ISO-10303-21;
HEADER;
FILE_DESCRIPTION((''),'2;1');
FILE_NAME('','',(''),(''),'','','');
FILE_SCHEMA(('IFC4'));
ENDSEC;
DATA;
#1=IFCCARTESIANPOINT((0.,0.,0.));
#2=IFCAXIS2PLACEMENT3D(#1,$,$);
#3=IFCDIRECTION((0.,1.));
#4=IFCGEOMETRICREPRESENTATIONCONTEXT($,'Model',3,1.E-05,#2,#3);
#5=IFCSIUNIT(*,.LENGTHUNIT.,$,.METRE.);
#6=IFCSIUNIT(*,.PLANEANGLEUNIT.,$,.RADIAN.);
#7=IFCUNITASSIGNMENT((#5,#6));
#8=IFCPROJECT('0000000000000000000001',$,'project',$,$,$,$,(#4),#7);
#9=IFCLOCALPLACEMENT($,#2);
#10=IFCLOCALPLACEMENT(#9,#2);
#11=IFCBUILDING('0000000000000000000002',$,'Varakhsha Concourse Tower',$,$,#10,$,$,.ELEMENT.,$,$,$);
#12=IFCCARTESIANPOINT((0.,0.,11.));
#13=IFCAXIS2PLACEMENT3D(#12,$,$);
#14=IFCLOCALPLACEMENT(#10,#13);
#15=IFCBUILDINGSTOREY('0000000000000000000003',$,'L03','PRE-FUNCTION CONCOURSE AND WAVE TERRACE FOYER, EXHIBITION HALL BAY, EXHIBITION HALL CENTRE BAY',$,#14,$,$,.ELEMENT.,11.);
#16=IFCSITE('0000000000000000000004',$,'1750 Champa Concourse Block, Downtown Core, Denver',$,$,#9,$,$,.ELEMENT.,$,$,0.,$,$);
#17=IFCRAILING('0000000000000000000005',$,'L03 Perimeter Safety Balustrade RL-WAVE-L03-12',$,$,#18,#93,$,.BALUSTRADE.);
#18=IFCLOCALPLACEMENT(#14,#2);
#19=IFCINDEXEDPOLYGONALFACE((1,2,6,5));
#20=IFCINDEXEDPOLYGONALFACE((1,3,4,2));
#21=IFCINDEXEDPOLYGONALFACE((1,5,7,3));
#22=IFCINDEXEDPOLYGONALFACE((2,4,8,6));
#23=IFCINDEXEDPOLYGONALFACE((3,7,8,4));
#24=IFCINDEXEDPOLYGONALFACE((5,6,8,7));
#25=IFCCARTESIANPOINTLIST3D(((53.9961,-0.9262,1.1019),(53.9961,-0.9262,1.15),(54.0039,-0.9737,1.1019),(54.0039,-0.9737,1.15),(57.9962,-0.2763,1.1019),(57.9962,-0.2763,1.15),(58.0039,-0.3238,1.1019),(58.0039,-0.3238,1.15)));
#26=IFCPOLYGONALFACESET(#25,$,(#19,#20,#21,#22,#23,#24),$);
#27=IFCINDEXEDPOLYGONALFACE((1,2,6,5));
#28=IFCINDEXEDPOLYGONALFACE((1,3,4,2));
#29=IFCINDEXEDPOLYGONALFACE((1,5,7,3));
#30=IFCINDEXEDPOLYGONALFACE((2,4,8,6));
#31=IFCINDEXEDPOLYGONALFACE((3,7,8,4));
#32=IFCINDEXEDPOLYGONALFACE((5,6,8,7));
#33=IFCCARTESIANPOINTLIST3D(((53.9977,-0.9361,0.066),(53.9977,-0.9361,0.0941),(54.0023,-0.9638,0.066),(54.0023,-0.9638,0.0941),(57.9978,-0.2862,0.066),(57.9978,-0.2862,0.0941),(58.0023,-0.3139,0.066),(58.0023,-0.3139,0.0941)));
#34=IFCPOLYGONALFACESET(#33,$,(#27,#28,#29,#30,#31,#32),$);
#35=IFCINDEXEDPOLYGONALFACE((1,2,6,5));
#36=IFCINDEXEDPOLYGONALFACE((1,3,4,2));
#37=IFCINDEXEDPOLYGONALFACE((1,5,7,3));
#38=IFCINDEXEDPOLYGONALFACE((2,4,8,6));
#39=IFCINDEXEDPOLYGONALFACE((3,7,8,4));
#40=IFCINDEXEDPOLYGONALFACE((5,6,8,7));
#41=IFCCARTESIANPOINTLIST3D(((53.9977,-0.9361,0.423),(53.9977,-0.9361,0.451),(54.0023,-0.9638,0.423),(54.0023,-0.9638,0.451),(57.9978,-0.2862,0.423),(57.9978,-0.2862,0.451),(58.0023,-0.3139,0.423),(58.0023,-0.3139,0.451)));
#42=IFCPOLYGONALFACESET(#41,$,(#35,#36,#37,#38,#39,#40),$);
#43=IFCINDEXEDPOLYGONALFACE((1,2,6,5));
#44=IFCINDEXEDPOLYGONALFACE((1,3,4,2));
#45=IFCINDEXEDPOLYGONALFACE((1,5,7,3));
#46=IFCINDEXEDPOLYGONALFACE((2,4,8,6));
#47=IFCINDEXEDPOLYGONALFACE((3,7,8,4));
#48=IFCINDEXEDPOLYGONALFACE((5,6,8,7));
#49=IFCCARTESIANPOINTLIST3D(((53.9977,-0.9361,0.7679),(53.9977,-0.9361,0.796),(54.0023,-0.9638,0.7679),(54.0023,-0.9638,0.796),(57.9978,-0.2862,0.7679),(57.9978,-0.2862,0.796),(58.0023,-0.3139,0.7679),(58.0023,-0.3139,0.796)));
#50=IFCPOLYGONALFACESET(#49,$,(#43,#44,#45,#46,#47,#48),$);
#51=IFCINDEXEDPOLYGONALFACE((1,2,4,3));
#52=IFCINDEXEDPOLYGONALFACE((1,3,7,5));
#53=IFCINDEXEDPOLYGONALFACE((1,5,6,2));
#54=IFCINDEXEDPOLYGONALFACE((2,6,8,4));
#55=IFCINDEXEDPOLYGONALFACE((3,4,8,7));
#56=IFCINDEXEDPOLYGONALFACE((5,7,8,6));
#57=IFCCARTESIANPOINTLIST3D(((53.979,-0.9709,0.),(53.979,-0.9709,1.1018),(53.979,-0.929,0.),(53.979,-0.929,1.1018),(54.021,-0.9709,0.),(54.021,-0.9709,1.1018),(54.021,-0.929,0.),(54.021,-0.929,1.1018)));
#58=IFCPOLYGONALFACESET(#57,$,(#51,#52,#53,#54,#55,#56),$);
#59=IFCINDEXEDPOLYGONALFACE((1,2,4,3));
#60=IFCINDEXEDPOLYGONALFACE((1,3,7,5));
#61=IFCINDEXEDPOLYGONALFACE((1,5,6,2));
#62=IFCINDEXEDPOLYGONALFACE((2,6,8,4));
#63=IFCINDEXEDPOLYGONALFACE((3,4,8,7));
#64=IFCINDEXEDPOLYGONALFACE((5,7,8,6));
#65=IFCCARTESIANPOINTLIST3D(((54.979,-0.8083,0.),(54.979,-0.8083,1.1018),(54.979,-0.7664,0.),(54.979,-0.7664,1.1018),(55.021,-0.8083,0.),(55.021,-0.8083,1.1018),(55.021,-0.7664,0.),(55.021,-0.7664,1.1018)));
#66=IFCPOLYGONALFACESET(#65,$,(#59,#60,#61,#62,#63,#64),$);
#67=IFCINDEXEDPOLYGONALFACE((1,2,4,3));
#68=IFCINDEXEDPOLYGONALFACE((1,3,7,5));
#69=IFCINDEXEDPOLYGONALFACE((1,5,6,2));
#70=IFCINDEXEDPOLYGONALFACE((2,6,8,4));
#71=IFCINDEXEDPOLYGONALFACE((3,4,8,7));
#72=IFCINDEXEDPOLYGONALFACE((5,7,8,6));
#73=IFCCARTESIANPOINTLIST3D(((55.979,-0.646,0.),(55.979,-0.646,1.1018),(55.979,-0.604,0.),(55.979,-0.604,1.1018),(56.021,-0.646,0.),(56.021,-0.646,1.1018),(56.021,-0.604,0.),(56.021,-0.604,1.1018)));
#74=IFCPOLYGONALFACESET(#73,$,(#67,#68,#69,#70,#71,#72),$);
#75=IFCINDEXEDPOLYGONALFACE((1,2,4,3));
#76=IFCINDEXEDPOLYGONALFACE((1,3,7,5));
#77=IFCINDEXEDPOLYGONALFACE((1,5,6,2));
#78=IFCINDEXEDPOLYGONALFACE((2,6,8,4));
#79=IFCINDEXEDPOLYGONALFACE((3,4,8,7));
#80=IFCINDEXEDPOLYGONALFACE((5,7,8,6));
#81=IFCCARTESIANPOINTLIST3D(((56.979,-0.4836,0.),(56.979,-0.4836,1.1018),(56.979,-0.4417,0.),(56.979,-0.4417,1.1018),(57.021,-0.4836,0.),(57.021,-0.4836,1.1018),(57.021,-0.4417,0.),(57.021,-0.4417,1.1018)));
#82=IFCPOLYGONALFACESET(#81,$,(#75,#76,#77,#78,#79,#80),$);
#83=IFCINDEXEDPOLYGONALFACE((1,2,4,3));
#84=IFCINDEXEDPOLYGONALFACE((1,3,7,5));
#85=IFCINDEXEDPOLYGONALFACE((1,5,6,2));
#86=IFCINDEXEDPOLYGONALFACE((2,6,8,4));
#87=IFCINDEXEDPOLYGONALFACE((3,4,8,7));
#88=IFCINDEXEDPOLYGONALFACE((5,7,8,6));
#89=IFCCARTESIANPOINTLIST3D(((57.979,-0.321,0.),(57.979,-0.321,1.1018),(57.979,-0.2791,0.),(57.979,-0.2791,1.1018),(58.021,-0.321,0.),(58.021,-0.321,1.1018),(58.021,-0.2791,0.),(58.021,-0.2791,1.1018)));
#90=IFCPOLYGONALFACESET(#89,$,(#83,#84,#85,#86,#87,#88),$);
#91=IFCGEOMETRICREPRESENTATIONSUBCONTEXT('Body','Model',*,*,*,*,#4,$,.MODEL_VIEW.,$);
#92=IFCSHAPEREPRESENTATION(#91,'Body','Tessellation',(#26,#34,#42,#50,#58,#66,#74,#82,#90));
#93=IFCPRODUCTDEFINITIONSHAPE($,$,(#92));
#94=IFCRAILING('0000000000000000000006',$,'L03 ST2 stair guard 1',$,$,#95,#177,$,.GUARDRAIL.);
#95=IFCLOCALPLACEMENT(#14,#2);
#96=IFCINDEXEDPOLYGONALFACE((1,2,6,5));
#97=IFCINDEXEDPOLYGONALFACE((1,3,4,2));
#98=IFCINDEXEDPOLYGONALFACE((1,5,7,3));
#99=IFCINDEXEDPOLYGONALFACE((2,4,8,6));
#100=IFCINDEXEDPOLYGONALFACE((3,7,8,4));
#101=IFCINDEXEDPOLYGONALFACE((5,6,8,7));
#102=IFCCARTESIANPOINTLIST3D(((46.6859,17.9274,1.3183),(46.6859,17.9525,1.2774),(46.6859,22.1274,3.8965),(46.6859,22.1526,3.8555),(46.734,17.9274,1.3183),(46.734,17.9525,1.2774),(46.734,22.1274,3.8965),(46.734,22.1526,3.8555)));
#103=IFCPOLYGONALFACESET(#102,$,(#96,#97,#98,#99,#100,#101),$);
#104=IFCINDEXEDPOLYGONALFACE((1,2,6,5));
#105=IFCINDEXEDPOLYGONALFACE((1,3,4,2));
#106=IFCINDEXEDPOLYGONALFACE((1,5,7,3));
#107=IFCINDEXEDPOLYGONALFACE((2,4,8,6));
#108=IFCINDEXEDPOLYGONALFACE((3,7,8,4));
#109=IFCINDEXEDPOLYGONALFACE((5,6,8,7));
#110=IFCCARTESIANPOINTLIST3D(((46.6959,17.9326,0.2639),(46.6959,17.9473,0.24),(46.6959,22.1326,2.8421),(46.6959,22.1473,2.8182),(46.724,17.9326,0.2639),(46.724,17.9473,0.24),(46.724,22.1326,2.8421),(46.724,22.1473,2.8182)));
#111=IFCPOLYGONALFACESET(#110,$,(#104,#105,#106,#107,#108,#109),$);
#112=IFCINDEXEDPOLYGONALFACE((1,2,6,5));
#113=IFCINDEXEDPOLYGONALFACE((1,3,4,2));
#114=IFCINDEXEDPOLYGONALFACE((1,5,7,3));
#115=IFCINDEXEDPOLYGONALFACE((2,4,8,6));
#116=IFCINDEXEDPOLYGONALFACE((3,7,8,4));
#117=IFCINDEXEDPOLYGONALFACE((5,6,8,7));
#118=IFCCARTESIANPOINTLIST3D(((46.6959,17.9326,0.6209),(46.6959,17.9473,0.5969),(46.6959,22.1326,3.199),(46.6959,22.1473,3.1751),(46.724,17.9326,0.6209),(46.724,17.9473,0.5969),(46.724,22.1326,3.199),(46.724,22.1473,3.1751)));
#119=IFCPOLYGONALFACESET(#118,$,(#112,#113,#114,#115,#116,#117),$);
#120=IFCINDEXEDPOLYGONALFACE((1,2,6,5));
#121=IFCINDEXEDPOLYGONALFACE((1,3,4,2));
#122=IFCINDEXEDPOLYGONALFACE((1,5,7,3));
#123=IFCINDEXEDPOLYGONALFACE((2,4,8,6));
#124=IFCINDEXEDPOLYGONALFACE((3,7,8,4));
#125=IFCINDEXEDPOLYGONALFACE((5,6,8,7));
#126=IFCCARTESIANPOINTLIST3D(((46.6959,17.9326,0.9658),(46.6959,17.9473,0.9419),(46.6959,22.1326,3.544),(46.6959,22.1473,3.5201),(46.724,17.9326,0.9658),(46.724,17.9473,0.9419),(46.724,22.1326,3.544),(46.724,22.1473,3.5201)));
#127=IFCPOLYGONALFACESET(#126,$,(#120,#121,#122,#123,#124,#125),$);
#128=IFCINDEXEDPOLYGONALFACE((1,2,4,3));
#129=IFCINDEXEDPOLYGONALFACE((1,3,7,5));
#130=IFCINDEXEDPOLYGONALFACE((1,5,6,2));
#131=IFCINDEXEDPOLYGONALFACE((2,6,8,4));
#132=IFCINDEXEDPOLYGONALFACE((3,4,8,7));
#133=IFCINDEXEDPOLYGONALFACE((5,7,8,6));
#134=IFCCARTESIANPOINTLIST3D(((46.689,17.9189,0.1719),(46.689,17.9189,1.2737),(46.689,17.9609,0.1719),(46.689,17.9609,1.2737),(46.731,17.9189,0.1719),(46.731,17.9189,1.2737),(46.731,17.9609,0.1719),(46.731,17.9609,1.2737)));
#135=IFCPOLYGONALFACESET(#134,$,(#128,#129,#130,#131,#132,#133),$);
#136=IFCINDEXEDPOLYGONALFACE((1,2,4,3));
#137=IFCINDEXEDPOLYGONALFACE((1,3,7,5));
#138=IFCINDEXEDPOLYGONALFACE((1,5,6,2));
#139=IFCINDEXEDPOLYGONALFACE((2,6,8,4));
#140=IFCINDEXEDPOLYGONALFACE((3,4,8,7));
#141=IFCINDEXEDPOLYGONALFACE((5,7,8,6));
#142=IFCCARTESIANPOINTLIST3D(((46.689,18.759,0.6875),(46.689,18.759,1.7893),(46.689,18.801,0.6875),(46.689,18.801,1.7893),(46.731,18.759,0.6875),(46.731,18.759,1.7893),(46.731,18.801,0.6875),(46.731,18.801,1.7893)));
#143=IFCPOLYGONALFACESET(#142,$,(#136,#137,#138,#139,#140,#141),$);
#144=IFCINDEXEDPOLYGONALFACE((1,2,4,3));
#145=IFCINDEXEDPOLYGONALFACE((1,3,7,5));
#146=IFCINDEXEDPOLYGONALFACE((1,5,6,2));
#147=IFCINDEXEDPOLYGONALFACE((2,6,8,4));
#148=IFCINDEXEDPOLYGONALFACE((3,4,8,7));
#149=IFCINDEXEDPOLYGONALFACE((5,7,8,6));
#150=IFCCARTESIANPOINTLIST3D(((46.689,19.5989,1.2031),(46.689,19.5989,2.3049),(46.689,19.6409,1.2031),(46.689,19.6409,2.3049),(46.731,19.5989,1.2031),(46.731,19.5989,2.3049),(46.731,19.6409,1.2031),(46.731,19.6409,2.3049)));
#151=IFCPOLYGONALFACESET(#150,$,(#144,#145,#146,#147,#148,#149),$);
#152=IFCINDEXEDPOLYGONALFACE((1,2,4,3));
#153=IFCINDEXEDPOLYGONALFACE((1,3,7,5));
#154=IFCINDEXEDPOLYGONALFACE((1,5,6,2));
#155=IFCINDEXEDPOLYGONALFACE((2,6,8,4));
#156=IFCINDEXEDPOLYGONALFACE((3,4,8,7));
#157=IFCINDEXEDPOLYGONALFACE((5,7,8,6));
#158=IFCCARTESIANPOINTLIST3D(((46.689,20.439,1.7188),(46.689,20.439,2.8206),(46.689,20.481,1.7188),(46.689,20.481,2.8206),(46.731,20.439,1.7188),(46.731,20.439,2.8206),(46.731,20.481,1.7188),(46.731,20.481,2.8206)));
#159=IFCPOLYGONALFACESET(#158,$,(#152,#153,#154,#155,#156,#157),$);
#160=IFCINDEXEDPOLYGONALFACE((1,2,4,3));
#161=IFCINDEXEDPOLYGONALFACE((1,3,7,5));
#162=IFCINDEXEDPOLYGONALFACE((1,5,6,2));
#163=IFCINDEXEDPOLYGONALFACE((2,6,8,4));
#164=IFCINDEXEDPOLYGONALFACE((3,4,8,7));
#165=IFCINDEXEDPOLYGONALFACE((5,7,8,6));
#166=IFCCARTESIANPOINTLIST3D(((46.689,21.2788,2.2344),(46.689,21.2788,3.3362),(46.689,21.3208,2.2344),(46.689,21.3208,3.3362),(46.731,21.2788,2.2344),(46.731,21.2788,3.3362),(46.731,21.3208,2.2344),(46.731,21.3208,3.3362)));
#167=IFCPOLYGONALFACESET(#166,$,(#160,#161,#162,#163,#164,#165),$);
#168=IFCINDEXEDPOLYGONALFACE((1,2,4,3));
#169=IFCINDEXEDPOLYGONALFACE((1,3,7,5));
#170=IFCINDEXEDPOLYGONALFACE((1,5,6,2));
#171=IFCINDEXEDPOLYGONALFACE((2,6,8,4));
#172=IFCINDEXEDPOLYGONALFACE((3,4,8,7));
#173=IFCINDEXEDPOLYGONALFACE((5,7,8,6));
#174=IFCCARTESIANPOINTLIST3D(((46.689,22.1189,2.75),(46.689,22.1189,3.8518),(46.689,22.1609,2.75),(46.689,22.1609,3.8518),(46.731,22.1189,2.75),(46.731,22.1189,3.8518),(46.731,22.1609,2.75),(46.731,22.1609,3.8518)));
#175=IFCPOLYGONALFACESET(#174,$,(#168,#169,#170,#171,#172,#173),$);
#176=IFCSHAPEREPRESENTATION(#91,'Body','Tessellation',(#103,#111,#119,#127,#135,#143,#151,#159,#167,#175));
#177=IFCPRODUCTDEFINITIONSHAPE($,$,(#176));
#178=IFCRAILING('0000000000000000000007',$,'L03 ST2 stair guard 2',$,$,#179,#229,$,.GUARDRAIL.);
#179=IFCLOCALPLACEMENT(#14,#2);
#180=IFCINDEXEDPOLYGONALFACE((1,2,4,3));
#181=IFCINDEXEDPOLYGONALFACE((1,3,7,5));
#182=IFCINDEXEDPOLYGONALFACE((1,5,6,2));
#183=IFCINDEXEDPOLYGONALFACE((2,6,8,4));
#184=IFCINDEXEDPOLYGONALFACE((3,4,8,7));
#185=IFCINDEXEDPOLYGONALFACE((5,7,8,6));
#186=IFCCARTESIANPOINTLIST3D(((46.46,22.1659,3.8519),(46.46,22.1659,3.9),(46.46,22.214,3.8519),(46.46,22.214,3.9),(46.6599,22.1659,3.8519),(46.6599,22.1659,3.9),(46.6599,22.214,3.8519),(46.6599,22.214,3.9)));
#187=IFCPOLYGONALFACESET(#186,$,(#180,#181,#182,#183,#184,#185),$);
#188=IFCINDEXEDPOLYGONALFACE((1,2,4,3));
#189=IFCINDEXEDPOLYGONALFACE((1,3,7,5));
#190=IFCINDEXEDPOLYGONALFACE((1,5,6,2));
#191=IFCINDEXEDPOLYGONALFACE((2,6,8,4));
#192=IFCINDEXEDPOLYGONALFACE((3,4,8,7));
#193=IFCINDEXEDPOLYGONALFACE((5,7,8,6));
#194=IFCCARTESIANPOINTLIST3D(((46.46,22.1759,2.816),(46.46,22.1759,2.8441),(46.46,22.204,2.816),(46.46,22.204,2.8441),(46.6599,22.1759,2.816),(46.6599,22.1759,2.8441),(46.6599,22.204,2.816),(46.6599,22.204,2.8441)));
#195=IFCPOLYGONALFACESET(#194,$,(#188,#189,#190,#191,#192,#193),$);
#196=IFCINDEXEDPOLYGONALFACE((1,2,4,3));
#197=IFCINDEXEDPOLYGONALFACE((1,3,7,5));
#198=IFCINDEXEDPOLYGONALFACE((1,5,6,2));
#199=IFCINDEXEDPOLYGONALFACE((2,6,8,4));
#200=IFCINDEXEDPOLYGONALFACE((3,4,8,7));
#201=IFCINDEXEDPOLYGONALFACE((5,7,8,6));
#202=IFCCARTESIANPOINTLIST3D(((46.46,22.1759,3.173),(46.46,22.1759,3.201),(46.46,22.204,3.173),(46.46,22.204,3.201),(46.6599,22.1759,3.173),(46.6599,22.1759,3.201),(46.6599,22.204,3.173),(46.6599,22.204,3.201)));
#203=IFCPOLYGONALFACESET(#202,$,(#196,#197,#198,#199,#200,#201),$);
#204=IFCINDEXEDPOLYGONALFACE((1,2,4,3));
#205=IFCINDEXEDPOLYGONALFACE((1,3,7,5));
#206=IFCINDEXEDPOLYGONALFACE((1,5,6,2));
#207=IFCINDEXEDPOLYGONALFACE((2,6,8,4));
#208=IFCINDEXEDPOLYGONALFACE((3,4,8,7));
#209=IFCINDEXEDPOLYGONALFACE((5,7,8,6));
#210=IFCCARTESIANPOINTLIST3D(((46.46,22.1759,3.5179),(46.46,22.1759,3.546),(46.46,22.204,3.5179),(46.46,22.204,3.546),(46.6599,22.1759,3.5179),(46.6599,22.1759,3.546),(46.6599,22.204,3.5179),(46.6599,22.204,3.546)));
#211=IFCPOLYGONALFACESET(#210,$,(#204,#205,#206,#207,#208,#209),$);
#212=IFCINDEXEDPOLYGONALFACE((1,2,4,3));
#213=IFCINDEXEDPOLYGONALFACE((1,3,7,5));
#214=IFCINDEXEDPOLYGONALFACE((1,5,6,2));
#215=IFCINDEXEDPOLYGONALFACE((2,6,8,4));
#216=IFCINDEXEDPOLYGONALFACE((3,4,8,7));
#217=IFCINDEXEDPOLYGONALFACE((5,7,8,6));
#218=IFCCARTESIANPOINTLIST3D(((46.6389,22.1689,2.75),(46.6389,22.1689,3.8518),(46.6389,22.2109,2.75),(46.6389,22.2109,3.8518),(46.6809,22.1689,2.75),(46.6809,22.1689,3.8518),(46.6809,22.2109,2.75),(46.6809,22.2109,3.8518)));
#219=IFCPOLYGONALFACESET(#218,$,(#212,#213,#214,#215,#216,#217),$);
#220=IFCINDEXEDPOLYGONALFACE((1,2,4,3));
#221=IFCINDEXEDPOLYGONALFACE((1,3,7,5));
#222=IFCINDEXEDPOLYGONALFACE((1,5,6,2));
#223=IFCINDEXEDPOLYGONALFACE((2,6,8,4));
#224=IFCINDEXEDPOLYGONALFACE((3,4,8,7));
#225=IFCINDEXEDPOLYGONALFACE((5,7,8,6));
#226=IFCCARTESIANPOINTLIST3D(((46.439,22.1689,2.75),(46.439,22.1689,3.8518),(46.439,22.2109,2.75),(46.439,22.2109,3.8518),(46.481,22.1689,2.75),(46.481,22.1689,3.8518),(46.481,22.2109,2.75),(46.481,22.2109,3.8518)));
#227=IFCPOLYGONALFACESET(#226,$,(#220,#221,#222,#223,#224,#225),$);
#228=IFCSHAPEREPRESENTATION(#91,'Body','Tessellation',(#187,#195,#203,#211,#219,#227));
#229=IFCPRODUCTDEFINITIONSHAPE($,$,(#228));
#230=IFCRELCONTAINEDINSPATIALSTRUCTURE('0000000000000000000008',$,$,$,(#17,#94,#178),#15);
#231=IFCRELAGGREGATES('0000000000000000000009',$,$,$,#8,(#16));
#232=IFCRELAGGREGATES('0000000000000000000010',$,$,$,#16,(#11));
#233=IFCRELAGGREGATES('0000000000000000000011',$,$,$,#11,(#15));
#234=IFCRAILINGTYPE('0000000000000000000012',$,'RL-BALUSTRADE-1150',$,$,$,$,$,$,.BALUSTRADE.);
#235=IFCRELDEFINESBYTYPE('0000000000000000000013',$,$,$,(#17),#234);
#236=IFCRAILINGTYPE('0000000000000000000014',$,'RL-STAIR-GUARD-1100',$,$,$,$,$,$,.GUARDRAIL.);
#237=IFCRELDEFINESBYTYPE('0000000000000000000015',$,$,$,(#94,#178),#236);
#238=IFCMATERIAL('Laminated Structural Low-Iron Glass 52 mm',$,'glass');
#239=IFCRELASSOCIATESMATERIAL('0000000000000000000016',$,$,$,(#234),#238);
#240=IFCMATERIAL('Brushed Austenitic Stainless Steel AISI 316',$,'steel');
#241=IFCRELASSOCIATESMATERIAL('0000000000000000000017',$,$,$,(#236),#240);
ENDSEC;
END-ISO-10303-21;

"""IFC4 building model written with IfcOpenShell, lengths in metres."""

from ifc_helpers import new_model, si_unit, direction, frame, origin, origin_2d, place, context, subcontext, project, spatial, rectangle, extrude, material, type_object, element, save


model = new_model("IFC4")

# Units and contexts
model_context = context("Model", 3, precision=1e-05, world=origin(), true_north=direction((0.0, 1.0)))
body_context = subcontext(model_context, "Body", "Model", "MODEL_VIEW")
ifc_project = project(units=[si_unit("LENGTHUNIT", "METRE"), si_unit("PLANEANGLEUNIT", "RADIAN")], contexts=[model_context])

# Site, building, storey
site_placement = place(None, origin())
site = spatial("IfcSite", under=ifc_project, at=site_placement, Name="1750 Champa Concourse Block, Downtown Core, Denver", CompositionType="ELEMENT", RefElevation=0.0)
building_placement = place(site_placement, origin())
building = spatial("IfcBuilding", under=site, at=building_placement, Name="Varakhsha Concourse Tower", CompositionType="ELEMENT")
storey_placement = place(building_placement, frame((0.0, 0.0, 11.0)))
storey = spatial("IfcBuildingStorey", under=building, at=storey_placement, Name="L03", Description="PRE-FUNCTION CONCOURSE AND WAVE TERRACE FOYER, EXHIBITION HALL BAY, EXHIBITION HALL CENTRE BAY", CompositionType="ELEMENT", Elevation=11.0)

# Railings
ifc_material_1 = material(Name="Laminated Structural Low-Iron Glass 52 mm", Category="glass")
railing_type_1 = type_object("IfcRailingType", Name="RL-BALUSTRADE-1150", PredefinedType="BALUSTRADE", material=ifc_material_1)
railing_1_placement = place(storey_placement, frame((54.0, -0.95, 0.0)))
element("IfcRailing", 1, at=railing_1_placement, inside=storey, type_object=railing_type_1, Name="L03 Perimeter Safety Balustrade RL-WAVE-L03-12", PredefinedType="BALUSTRADE", context=body_context, shape_type="SweptSolid", body=[
    extrude(rectangle(XDim=0.0481, YDim=0.0481, at=origin_2d()), frame((0.0, 0.0, 1.126), z_axis=(0.987057, 0.160373, 0.0), x_axis=(-0.160373, 0.987057, 0.0)), (0.0, 0.0, 1.0), 4.0525),
    extrude(rectangle(XDim=0.0281, YDim=0.0281, at=origin_2d()), frame((0.0, 0.0, 0.0801), z_axis=(0.987057, 0.160373, 0.0), x_axis=(-0.160373, 0.987057, 0.0)), (0.0, 0.0, 1.0), 4.0525),
    extrude(rectangle(XDim=0.0281, YDim=0.0281, at=origin_2d()), frame((0.0, 0.0, 0.437), z_axis=(0.987057, 0.160373, 0.0), x_axis=(-0.160373, 0.987057, 0.0)), (0.0, 0.0, 1.0), 4.0525),
    extrude(rectangle(XDim=0.0281, YDim=0.0281, at=origin_2d()), frame((0.0, 0.0, 0.782), z_axis=(0.987057, 0.160373, 0.0), x_axis=(-0.160373, 0.987057, 0.0)), (0.0, 0.0, 1.0), 4.0525),
    extrude(rectangle(XDim=0.042, YDim=0.042, at=origin_2d()), origin(), (0.0, 0.0, 1.0), 1.1018),
    extrude(rectangle(XDim=0.042, YDim=0.042, at=origin_2d()), frame((1.0, 0.1626, 0.0)), (0.0, 0.0, 1.0), 1.1018),
    extrude(rectangle(XDim=0.042, YDim=0.042, at=origin_2d()), frame((2.0, 0.325, 0.0)), (0.0, 0.0, 1.0), 1.1018),
    extrude(rectangle(XDim=0.042, YDim=0.042, at=origin_2d()), frame((3.0, 0.4873, 0.0)), (0.0, 0.0, 1.0), 1.1018),
    extrude(rectangle(XDim=0.042, YDim=0.042, at=origin_2d()), frame((4.0, 0.6499, 0.0)), (0.0, 0.0, 1.0), 1.1018),
])
ifc_material_2 = material(Name="Brushed Austenitic Stainless Steel AISI 316", Category="steel")
railing_type_2 = type_object("IfcRailingType", Name="RL-STAIR-GUARD-1100", PredefinedType="GUARDRAIL", material=ifc_material_2)
railing_2_placement = place(storey_placement, frame((46.71, 17.9399, 0.1719)))
element("IfcRailing", 2, at=railing_2_placement, inside=storey, type_object=railing_type_2, Name="L03 ST2 stair guard 1", PredefinedType="GUARDRAIL", context=body_context, shape_type="SweptSolid", body=[
    extrude(rectangle(XDim=0.0481, YDim=0.0481, at=origin_2d()), frame((0.0, 0.0, 1.126), z_axis=(0.0, 0.852243, 0.523146), x_axis=(-1.0, 0.0, 0.0)), (0.0, 0.0, 1.0), 4.9282),
    extrude(rectangle(XDim=0.0281, YDim=0.0281, at=origin_2d()), frame((0.0, 0.0, 0.0801), z_axis=(0.0, 0.852243, 0.523146), x_axis=(-1.0, 0.0, 0.0)), (0.0, 0.0, 1.0), 4.9282),
    extrude(rectangle(XDim=0.0281, YDim=0.0281, at=origin_2d()), frame((0.0, 0.0, 0.437), z_axis=(0.0, 0.852243, 0.523146), x_axis=(-1.0, 0.0, 0.0)), (0.0, 0.0, 1.0), 4.9282),
    extrude(rectangle(XDim=0.0281, YDim=0.0281, at=origin_2d()), frame((0.0, 0.0, 0.782), z_axis=(0.0, 0.852243, 0.523146), x_axis=(-1.0, 0.0, 0.0)), (0.0, 0.0, 1.0), 4.9282),
    extrude(rectangle(XDim=0.042, YDim=0.042, at=origin_2d()), origin(), (0.0, 0.0, 1.0), 1.1018),
    extrude(rectangle(XDim=0.042, YDim=0.042, at=origin_2d()), frame((0.0, 0.8401, 0.5156)), (0.0, 0.0, 1.0), 1.1018),
    extrude(rectangle(XDim=0.042, YDim=0.042, at=origin_2d()), frame((0.0, 1.6799, 1.0312)), (0.0, 0.0, 1.0), 1.1018),
    extrude(rectangle(XDim=0.042, YDim=0.042, at=origin_2d()), frame((0.0, 2.52, 1.5469)), (0.0, 0.0, 1.0), 1.1018),
    extrude(rectangle(XDim=0.042, YDim=0.042, at=origin_2d()), frame((0.0, 3.3599, 2.0625)), (0.0, 0.0, 1.0), 1.1018),
    extrude(rectangle(XDim=0.042, YDim=0.042, at=origin_2d()), frame((0.0, 4.2, 2.5781)), (0.0, 0.0, 1.0), 1.1018),
])
railing_3_placement = place(storey_placement, frame((46.6599, 22.1899, 2.75)))
element("IfcRailing", 3, at=railing_3_placement, inside=storey, type_object=railing_type_2, Name="L03 ST2 stair guard 2", PredefinedType="GUARDRAIL", context=body_context, shape_type="SweptSolid", body=[
    extrude(rectangle(XDim=0.0481, YDim=0.0481, at=origin_2d()), frame((0.0, 0.0, 1.126), z_axis=(-1.0, 0.0, 0.0), x_axis=(0.0, -1.0, 0.0)), (0.0, 0.0, 1.0), 0.2),
    extrude(rectangle(XDim=0.0281, YDim=0.0281, at=origin_2d()), frame((0.0, 0.0, 0.0801), z_axis=(-1.0, 0.0, 0.0), x_axis=(0.0, -1.0, 0.0)), (0.0, 0.0, 1.0), 0.2),
    extrude(rectangle(XDim=0.0281, YDim=0.0281, at=origin_2d()), frame((0.0, 0.0, 0.437), z_axis=(-1.0, 0.0, 0.0), x_axis=(0.0, -1.0, 0.0)), (0.0, 0.0, 1.0), 0.2),
    extrude(rectangle(XDim=0.0281, YDim=0.0281, at=origin_2d()), frame((0.0, 0.0, 0.782), z_axis=(-1.0, 0.0, 0.0), x_axis=(0.0, -1.0, 0.0)), (0.0, 0.0, 1.0), 0.2),
    extrude(rectangle(XDim=0.042, YDim=0.042, at=origin_2d()), origin(), (0.0, 0.0, 1.0), 1.1018),
    extrude(rectangle(XDim=0.042, YDim=0.042, at=origin_2d()), frame((-0.2, 0.0, 0.0)), (0.0, 0.0, 1.0), 1.1018),
])

save(model, "model.ifc")
